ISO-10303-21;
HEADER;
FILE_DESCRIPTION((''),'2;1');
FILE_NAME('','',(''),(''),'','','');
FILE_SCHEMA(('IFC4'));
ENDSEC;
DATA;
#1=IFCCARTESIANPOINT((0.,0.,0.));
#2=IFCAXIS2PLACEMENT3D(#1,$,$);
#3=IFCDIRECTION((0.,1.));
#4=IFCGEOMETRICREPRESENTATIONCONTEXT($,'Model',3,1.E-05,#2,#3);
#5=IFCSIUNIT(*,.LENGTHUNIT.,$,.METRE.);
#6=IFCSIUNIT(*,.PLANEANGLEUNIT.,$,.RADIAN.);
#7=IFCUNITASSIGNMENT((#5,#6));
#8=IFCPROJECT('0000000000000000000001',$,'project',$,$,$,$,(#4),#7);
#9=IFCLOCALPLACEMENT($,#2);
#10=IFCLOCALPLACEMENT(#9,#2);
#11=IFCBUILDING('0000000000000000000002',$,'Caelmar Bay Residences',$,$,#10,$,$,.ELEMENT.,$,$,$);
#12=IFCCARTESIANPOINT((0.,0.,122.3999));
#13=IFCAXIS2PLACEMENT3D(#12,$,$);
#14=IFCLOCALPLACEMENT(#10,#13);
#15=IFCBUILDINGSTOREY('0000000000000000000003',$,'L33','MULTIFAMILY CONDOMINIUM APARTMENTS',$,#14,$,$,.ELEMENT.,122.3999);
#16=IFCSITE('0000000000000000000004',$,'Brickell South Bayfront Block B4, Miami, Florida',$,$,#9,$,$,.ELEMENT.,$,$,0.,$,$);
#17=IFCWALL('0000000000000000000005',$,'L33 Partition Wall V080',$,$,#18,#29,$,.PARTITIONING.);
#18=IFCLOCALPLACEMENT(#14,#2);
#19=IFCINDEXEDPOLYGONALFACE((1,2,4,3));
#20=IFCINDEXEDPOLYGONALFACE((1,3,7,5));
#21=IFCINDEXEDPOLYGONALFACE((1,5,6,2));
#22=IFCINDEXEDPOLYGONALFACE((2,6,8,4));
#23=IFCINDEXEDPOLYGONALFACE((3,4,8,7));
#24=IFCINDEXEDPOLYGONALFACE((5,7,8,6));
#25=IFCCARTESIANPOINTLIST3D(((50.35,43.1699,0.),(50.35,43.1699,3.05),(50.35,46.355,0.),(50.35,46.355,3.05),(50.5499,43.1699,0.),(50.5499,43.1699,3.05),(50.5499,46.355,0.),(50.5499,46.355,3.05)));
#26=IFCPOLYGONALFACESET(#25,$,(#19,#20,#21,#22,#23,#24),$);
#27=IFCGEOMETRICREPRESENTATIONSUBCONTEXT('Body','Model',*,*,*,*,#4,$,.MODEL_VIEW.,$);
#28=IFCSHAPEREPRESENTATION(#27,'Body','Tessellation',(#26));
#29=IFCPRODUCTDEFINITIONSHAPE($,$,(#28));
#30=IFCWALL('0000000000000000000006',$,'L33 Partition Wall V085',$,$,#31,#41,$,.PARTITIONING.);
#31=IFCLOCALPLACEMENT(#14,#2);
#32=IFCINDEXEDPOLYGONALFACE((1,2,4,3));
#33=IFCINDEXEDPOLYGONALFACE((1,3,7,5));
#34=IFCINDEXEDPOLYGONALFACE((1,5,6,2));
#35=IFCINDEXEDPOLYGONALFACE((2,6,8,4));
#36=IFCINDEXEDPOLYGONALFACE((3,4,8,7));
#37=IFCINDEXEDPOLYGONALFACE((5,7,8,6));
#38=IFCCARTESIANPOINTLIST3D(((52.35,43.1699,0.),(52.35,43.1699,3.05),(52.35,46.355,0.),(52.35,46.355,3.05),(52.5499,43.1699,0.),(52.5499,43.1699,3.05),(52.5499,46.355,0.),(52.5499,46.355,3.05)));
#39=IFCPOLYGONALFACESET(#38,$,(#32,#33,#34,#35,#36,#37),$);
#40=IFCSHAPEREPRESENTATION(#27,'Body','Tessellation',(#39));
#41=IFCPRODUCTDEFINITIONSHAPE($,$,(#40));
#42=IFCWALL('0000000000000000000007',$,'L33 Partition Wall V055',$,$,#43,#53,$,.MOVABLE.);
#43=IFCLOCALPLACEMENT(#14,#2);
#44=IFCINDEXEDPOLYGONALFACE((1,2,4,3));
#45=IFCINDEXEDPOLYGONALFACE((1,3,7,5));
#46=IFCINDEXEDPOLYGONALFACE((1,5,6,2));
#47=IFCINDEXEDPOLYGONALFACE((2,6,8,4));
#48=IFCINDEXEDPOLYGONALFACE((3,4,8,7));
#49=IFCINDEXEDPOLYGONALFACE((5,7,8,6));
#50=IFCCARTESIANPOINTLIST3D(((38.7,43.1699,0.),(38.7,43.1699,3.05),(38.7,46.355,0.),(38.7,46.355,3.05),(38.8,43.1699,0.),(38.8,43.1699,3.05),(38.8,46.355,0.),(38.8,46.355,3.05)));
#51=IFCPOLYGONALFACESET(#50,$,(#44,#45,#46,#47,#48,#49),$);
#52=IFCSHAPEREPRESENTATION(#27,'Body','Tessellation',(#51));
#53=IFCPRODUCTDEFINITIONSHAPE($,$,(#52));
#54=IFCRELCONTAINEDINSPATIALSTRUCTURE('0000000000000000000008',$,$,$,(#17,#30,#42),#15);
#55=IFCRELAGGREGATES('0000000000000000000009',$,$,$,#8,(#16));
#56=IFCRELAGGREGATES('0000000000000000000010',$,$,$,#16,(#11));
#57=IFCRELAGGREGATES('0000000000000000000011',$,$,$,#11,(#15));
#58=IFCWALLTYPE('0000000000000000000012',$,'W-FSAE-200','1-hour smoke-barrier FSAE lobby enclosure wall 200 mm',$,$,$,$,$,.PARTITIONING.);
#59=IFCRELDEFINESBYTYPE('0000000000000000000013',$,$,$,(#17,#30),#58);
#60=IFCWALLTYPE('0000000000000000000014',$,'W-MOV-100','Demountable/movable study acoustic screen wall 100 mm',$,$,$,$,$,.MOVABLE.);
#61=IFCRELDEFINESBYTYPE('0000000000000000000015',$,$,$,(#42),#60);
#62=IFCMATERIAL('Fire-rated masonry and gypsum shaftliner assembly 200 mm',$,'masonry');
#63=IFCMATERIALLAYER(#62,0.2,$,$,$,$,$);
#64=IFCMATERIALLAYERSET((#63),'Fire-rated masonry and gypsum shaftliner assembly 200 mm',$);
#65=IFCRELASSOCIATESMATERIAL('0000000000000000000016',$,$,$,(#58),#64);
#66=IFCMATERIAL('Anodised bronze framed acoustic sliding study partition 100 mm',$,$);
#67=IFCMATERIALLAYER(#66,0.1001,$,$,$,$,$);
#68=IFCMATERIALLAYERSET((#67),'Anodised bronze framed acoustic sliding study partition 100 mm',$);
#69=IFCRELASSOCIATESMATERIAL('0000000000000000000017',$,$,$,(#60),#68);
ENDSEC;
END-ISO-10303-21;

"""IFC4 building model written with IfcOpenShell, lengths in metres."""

from ifc_helpers import new_model, si_unit, direction, frame, frame_2d, origin, place, context, subcontext, project, spatial, rectangle, extrude, material, layer, layer_set, type_object, element, save


model = new_model("IFC4")

# Units and contexts
model_context = context("Model", 3, precision=1e-05, world=origin(), true_north=direction((0.0, 1.0)))
body_context = subcontext(model_context, "Body", "Model", "MODEL_VIEW")
ifc_project = project(units=[si_unit("LENGTHUNIT", "METRE"), si_unit("PLANEANGLEUNIT", "RADIAN")], contexts=[model_context])

# Site, building, storey
site_placement = place(None, origin())
site = spatial("IfcSite", under=ifc_project, at=site_placement, Name="Brickell South Bayfront Block B4, Miami, Florida", CompositionType="ELEMENT", RefElevation=0.0)
building_placement = place(site_placement, origin())
building = spatial("IfcBuilding", under=site, at=building_placement, Name="Caelmar Bay Residences", CompositionType="ELEMENT")
storey_placement = place(building_placement, frame((0.0, 0.0, 122.3999)))
storey = spatial("IfcBuildingStorey", under=building, at=storey_placement, Name="L33", Description="MULTIFAMILY CONDOMINIUM APARTMENTS", CompositionType="ELEMENT", Elevation=122.3999)

# Walls
ifc_material_1 = material(Name="Fire-rated masonry and gypsum shaftliner assembly 200 mm", Category="masonry")
ifc_layer_1 = layer(ifc_material_1, 0.2)
ifc_layer_set_1 = layer_set([ifc_layer_1], Name="Fire-rated masonry and gypsum shaftliner assembly 200 mm")
wall_type_1 = type_object("IfcWallType", Name="W-FSAE-200", Description="1-hour smoke-barrier FSAE lobby enclosure wall 200 mm", PredefinedType="PARTITIONING", material=ifc_layer_set_1)
for number, where, z_axis, x_axis, name in (
    (1, (50.45, 43.1699, 0.0), (0.0, 0.0, 1.0), (0.0, 1.0, 0.0), "L33 Partition Wall V080"),
    (2, (52.45, 43.1699, 0.0), (0.0, 0.0, 1.0), (0.0, 1.0, 0.0), "L33 Partition Wall V085"),
):
    element("IfcWall", number, at=place(storey_placement, frame(where, z_axis=z_axis, x_axis=x_axis)), inside=storey, type_object=wall_type_1, Name=name, PredefinedType="PARTITIONING", context=body_context, shape_type="SweptSolid", body=[
        extrude(rectangle(XDim=3.1851, YDim=0.2, at=frame_2d((1.5925, 0.0))), origin(), (0.0, 0.0, 1.0), 3.05),
    ])
ifc_material_2 = material(Name="Anodised bronze framed acoustic sliding study partition 100 mm")
ifc_layer_2 = layer(ifc_material_2, 0.1001)
ifc_layer_set_2 = layer_set([ifc_layer_2], Name="Anodised bronze framed acoustic sliding study partition 100 mm")
wall_type_2 = type_object("IfcWallType", Name="W-MOV-100", Description="Demountable/movable study acoustic screen wall 100 mm", PredefinedType="MOVABLE", material=ifc_layer_set_2)
wall_1_placement = place(storey_placement, frame((38.75, 43.1699, 0.0), z_axis=(0.0, 0.0, 1.0), x_axis=(0.0, 1.0, 0.0)))
element("IfcWall", 3, at=wall_1_placement, inside=storey, type_object=wall_type_2, Name="L33 Partition Wall V055", PredefinedType="MOVABLE", context=body_context, shape_type="SweptSolid", body=[
    extrude(rectangle(XDim=3.1851, YDim=0.1001, at=frame_2d((1.5925, 0.0))), origin(), (0.0, 0.0, 1.0), 3.05),
])

save(model, "model.ifc")
